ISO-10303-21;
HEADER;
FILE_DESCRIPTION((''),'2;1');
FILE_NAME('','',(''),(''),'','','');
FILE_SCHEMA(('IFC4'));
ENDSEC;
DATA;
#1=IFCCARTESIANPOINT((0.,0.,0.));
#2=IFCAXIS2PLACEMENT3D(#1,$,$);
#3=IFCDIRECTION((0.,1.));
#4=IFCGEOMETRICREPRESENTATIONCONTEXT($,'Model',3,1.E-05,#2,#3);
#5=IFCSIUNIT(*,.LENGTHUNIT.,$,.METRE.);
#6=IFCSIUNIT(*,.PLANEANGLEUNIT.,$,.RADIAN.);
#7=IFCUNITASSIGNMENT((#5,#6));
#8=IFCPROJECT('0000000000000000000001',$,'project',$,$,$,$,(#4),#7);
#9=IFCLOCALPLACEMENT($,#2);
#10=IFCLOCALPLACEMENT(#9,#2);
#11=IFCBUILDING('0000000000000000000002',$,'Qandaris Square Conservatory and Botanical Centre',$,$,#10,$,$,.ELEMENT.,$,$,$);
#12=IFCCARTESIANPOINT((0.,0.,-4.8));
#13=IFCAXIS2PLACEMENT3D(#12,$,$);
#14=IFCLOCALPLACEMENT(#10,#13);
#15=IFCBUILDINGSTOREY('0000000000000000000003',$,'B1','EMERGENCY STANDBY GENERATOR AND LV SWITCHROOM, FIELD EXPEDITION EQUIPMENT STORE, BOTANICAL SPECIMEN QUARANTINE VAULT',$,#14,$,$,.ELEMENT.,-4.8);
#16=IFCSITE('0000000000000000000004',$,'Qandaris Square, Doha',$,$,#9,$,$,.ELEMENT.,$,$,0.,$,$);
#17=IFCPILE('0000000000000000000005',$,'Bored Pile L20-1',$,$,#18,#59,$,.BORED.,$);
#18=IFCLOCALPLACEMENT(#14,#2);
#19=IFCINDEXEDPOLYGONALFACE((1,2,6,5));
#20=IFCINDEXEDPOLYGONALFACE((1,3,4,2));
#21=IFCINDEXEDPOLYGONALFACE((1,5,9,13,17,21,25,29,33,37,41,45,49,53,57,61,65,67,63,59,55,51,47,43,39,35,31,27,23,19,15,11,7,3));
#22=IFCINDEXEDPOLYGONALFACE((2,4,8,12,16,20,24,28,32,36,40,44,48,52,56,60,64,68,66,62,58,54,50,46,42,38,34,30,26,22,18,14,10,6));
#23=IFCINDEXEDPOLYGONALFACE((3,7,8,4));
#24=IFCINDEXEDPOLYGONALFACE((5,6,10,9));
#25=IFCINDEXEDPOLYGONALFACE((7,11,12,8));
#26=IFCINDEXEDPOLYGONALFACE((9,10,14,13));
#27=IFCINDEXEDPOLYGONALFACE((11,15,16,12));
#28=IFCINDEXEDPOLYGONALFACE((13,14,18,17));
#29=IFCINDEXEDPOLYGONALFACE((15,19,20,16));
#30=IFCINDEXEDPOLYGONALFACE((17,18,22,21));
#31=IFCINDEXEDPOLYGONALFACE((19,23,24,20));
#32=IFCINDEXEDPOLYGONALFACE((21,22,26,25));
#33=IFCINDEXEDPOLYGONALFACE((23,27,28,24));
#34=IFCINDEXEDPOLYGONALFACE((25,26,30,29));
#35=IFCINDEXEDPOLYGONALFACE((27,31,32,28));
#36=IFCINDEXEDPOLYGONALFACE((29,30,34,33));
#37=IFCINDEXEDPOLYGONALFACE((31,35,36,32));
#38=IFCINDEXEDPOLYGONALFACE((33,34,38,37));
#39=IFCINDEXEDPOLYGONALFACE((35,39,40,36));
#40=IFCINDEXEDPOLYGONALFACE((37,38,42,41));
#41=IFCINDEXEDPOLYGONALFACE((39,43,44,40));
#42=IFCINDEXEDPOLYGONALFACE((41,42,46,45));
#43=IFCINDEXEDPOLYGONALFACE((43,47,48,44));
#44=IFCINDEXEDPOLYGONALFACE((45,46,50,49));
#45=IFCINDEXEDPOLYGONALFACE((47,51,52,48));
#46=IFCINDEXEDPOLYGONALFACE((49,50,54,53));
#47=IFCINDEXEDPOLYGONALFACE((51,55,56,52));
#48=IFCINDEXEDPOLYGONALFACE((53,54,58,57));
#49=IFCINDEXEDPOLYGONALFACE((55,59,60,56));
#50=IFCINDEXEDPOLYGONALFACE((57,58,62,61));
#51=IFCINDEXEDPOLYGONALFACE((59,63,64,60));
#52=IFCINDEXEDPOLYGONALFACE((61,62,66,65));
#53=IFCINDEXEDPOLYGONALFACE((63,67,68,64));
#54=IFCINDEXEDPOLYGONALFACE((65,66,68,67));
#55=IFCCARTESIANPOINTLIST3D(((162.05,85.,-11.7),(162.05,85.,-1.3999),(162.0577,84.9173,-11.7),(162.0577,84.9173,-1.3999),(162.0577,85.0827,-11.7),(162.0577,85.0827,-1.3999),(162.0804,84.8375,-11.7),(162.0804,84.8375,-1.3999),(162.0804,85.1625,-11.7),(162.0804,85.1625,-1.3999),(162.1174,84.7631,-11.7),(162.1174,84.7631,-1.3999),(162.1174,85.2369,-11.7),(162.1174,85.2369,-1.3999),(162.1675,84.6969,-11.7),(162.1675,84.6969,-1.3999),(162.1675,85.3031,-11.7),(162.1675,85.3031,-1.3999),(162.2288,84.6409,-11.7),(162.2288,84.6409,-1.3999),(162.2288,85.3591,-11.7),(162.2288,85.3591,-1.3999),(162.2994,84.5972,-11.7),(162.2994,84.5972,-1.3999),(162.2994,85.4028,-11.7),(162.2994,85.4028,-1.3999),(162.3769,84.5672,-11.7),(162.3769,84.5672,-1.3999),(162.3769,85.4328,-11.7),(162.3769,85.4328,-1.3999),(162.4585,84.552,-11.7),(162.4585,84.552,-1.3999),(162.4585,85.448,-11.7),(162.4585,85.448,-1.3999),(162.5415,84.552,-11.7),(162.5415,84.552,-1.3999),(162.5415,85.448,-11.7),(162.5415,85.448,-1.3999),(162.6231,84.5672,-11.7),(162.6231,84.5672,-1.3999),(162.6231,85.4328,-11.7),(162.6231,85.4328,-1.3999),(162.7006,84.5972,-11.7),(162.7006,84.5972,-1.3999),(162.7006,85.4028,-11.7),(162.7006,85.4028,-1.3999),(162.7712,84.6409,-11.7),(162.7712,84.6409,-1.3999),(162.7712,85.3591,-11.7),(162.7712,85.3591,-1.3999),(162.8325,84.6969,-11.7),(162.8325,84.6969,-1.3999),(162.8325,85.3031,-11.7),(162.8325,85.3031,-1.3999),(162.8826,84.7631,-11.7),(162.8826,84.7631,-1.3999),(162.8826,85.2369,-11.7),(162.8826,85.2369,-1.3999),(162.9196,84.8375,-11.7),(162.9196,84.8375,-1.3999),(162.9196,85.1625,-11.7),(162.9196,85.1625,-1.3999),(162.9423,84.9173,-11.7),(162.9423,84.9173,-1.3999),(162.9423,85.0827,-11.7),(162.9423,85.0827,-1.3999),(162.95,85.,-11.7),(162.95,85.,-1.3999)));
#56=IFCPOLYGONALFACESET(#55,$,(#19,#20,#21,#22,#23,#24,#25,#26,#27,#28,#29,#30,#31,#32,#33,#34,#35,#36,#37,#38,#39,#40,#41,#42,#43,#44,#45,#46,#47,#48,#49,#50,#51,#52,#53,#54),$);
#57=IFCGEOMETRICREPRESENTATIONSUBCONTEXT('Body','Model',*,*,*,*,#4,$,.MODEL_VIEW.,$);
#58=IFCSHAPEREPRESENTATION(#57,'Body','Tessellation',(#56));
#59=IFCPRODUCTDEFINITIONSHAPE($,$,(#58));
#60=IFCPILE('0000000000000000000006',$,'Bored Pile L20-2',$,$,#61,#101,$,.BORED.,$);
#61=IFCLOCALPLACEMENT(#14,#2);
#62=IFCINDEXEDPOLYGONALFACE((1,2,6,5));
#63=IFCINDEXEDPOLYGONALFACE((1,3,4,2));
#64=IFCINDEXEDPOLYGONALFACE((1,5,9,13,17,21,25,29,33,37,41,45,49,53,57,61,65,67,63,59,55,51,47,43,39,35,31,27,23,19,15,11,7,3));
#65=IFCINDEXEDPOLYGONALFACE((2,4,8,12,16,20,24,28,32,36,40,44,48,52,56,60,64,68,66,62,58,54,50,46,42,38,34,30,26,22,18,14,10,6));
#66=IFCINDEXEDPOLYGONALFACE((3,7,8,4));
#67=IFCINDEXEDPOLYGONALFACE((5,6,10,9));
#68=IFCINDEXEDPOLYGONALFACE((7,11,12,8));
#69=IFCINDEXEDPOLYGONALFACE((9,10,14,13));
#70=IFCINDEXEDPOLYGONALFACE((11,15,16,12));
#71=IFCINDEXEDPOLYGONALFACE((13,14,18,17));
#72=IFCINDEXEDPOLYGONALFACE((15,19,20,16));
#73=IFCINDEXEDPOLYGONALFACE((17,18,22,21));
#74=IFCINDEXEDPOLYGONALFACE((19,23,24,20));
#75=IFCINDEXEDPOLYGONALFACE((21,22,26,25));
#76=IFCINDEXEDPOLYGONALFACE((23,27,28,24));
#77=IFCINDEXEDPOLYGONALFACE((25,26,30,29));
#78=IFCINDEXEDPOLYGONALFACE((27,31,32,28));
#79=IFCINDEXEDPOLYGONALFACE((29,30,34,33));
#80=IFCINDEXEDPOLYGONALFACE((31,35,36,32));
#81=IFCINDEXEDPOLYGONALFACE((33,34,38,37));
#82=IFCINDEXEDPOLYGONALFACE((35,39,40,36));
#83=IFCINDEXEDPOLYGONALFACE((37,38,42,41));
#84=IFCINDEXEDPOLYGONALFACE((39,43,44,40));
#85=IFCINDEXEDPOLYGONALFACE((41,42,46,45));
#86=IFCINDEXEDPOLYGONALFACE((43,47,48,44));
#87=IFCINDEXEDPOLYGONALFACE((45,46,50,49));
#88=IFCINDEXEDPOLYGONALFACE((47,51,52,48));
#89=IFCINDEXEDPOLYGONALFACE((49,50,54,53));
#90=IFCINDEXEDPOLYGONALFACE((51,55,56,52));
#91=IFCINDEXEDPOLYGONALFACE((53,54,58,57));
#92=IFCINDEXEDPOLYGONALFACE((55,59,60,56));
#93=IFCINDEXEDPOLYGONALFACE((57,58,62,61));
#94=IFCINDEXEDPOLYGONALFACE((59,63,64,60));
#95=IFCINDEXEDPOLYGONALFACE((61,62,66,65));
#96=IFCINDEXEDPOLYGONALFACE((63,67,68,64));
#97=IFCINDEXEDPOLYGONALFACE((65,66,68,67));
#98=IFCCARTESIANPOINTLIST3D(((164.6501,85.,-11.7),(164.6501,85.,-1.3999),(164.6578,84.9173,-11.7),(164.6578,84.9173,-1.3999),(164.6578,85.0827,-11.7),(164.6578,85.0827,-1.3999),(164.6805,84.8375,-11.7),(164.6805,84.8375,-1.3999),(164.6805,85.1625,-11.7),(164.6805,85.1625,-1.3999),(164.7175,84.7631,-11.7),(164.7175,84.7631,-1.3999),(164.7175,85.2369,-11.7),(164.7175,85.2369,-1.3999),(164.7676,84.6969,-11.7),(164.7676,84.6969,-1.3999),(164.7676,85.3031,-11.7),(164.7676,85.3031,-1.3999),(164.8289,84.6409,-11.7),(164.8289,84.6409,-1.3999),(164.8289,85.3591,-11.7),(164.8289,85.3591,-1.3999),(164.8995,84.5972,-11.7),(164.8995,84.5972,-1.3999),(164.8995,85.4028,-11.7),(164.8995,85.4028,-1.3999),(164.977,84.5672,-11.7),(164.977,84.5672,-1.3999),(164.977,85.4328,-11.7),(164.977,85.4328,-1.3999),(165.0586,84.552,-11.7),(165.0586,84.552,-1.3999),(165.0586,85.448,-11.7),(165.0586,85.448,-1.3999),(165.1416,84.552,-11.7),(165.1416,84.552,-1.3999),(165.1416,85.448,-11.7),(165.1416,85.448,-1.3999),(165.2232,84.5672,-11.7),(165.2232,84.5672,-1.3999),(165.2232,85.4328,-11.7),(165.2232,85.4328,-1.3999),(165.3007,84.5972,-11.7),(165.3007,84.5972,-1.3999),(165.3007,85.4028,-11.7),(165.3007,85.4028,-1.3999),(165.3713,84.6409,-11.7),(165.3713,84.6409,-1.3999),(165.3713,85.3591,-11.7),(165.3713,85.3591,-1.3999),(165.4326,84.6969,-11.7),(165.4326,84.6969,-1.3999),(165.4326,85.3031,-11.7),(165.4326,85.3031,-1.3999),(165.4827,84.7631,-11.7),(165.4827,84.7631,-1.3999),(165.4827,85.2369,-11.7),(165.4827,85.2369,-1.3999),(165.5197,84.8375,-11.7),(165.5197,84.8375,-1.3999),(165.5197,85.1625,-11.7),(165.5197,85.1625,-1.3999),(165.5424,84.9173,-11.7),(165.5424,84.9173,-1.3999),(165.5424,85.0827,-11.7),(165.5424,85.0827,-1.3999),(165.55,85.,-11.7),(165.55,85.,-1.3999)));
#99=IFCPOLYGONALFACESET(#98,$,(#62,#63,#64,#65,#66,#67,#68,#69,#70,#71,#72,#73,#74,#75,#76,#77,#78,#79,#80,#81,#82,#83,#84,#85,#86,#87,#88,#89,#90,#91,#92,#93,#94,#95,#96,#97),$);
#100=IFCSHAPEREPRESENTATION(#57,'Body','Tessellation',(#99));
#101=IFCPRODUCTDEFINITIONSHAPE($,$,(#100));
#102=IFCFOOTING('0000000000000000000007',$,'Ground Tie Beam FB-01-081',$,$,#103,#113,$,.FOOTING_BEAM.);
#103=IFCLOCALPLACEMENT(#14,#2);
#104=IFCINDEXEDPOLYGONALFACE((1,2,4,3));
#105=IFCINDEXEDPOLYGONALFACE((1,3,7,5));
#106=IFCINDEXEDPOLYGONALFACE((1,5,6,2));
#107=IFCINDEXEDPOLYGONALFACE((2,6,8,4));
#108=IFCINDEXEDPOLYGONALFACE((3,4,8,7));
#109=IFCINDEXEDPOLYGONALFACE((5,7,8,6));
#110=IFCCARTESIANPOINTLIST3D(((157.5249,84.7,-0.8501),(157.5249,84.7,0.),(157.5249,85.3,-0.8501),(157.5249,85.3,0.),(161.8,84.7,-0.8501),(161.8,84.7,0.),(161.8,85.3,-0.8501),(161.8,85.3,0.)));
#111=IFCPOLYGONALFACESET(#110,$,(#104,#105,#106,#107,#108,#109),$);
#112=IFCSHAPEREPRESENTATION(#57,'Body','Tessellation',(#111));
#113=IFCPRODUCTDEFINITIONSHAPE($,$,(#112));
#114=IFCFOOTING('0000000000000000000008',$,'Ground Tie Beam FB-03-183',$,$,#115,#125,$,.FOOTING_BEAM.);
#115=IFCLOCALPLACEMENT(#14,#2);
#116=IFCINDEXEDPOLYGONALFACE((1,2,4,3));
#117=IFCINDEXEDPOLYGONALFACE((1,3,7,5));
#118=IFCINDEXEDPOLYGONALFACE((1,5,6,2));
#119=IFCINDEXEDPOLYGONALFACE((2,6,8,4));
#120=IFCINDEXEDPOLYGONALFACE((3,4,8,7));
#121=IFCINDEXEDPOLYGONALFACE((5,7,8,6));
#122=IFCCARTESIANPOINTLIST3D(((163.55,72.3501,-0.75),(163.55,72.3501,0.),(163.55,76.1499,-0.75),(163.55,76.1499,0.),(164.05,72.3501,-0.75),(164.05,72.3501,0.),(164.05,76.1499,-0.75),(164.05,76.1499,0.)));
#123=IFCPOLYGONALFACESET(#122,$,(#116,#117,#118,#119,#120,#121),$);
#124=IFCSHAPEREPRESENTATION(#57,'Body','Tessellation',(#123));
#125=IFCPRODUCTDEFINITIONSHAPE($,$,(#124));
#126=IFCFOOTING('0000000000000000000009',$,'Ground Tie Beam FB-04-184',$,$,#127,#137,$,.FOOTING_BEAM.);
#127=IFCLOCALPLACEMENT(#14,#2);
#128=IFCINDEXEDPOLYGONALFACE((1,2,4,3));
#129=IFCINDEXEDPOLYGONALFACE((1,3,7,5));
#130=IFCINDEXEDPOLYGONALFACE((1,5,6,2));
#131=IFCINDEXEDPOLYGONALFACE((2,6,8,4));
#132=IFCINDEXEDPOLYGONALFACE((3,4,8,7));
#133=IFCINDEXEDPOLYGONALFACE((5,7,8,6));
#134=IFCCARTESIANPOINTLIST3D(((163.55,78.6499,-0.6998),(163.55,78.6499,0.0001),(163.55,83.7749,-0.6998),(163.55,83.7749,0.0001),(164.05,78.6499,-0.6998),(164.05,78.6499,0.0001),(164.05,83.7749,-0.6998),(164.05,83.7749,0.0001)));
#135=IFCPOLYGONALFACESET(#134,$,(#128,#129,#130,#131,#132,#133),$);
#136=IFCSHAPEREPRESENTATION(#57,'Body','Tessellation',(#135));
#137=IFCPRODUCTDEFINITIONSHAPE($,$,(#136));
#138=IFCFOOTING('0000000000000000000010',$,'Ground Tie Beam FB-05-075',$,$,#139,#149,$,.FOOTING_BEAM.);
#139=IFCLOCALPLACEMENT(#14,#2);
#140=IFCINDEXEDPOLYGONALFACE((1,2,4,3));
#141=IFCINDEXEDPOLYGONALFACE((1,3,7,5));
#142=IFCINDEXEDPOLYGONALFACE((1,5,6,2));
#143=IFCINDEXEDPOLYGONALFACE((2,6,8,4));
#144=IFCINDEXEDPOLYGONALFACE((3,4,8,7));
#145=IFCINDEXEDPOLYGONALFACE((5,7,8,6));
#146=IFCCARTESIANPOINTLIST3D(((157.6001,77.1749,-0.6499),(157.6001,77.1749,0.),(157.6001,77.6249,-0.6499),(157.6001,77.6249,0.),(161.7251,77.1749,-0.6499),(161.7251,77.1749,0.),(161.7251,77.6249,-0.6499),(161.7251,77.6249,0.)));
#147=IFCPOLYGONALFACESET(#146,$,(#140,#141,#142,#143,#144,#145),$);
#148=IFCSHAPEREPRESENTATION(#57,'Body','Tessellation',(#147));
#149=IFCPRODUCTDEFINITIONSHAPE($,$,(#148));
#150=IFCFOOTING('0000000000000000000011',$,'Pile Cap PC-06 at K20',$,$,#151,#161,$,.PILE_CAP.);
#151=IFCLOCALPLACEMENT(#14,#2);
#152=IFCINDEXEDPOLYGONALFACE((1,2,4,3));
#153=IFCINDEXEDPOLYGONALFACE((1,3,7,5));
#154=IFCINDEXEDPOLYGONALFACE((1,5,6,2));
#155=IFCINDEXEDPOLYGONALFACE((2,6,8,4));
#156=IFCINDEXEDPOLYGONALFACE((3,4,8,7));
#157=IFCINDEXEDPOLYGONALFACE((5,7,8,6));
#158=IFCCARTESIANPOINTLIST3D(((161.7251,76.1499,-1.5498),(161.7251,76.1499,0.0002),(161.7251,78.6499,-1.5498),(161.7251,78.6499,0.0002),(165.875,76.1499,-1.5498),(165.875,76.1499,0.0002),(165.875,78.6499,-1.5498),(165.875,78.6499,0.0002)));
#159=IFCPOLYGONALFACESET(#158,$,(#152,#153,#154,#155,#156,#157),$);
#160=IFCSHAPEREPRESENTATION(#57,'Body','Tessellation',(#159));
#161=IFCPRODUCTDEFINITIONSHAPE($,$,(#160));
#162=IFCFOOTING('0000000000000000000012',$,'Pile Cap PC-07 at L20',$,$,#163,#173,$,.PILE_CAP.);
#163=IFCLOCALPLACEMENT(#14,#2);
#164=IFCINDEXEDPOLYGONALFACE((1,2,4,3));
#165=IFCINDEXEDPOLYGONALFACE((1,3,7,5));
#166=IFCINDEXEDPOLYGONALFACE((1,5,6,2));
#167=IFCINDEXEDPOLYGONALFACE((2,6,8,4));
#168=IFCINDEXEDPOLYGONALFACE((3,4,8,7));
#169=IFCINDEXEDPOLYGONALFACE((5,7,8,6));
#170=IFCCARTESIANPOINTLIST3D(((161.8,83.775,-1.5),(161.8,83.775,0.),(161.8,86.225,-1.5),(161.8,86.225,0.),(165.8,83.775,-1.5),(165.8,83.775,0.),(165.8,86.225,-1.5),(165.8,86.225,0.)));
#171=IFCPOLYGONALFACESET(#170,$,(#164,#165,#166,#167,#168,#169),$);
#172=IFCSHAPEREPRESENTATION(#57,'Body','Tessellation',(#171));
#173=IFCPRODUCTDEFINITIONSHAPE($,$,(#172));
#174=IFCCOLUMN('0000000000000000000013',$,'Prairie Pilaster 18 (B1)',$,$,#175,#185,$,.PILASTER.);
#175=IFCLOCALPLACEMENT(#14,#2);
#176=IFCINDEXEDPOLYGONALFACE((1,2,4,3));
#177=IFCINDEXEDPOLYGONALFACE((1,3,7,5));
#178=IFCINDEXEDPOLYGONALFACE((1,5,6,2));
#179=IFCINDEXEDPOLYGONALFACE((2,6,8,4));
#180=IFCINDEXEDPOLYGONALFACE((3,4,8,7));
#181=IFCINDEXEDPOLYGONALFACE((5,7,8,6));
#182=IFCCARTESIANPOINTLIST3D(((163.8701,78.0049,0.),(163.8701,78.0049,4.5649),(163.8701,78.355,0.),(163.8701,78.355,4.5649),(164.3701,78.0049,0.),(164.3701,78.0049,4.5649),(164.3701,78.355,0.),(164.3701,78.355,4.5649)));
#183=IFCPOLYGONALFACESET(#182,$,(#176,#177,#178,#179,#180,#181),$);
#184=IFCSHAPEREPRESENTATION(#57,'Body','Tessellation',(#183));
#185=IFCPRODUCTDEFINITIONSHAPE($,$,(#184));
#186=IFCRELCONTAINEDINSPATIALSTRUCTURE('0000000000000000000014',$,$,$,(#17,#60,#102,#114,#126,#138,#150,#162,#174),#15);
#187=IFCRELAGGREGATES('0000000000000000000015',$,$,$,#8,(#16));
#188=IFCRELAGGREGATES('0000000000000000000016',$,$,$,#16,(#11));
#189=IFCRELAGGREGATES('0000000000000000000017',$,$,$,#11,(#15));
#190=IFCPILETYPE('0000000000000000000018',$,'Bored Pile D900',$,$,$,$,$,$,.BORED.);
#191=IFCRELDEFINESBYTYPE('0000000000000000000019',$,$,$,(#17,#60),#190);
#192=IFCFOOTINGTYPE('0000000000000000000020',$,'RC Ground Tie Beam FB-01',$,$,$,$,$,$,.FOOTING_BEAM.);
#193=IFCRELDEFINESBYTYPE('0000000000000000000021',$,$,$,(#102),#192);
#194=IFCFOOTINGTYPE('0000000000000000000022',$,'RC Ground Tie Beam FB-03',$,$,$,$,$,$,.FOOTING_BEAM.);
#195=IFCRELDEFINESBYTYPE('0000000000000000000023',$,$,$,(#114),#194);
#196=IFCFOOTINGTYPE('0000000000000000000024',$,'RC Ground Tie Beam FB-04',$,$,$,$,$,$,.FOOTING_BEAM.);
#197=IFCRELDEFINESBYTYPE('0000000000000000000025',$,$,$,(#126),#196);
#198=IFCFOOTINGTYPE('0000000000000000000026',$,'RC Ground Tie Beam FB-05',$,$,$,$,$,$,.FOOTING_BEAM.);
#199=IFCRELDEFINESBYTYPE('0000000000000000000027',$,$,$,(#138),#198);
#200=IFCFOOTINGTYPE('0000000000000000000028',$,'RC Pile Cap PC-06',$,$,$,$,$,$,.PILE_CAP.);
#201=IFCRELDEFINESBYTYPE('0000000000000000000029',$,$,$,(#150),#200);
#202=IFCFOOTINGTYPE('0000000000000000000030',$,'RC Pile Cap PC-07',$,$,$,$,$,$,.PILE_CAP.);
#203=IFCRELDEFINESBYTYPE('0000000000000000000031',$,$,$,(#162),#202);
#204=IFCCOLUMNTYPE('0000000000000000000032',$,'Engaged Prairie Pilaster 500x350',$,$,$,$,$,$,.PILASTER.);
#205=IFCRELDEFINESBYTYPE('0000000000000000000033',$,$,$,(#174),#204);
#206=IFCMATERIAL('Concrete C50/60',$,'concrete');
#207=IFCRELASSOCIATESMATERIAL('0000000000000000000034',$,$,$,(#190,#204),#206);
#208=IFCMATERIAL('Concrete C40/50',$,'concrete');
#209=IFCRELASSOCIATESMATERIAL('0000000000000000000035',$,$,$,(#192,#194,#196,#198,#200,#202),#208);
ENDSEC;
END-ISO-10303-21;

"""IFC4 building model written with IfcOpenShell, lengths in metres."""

from ifc_helpers import new_model, si_unit, direction, frame, origin, origin_2d, place, context, subcontext, project, spatial, rectangle, circle, extrude, material, material_profile, profile_set, type_object, element, save


model = new_model("IFC4")

# Units and contexts
model_context = context("Model", 3, precision=1e-05, world=origin(), true_north=direction((0.0, 1.0)))
body_context = subcontext(model_context, "Body", "Model", "MODEL_VIEW")
ifc_project = project(units=[si_unit("LENGTHUNIT", "METRE"), si_unit("PLANEANGLEUNIT", "RADIAN")], contexts=[model_context])

# Site, building, storey
site_placement = place(None, origin())
site = spatial("IfcSite", under=ifc_project, at=site_placement, Name="Qandaris Square, Doha", CompositionType="ELEMENT", RefElevation=0.0)
building_placement = place(site_placement, origin())
building = spatial("IfcBuilding", under=site, at=building_placement, Name="Qandaris Square Conservatory and Botanical Centre", CompositionType="ELEMENT")
storey_placement = place(building_placement, frame((0.0, 0.0, -4.8)))
storey = spatial("IfcBuildingStorey", under=building, at=storey_placement, Name="B1", Description="EMERGENCY STANDBY GENERATOR AND LV SWITCHROOM, FIELD EXPEDITION EQUIPMENT STORE, BOTANICAL SPECIMEN QUARANTINE VAULT", CompositionType="ELEMENT", Elevation=-4.8)

# Piles
ifc_material_1 = material(Name="Concrete C50/60", Category="concrete")
ifc_material_profile_1 = material_profile(ifc_material_1, circle(Radius=0.45, at=origin_2d()), Name="PILE D900")
ifc_profile_set_1 = profile_set([ifc_material_profile_1], Name="Concrete C50/60")
pile_type = type_object("IfcPileType", Name="Bored Pile D900", PredefinedType="BORED", material=ifc_profile_set_1)
for number, where, z_axis, x_axis, name in (
    (1, (162.5, 85.0, -1.3999), (0.0, 0.0, -1.0), (1.0, 0.0, 0.0), "Bored Pile L20-1"),
    (2, (165.1001, 85.0, -1.3999), (0.0, 0.0, -1.0), (1.0, 0.0, 0.0), "Bored Pile L20-2"),
):
    element("IfcPile", number, at=place(storey_placement, frame(where, z_axis=z_axis, x_axis=x_axis)), inside=storey, type_object=pile_type, Name=name, PredefinedType="BORED", context=body_context, shape_type="SweptSolid", body=[
        extrude(circle(Radius=0.45, at=origin_2d()), origin(), (0.0, 0.0, 1.0), 10.3),
    ])

# Footings
ifc_material_2 = material(Name="Concrete C40/50", Category="concrete")
ifc_material_profile_2 = material_profile(ifc_material_2, rectangle(XDim=0.6001, YDim=0.8501, at=origin_2d()), Name="FB 600x850")
ifc_profile_set_2 = profile_set([ifc_material_profile_2], Name="Concrete C40/50")
footing_type_1 = type_object("IfcFootingType", Name="RC Ground Tie Beam FB-01", PredefinedType="FOOTING_BEAM", material=ifc_profile_set_2)
footing_1_placement = place(storey_placement, frame((157.5249, 85.0, -0.425), z_axis=(1.0, 0.0, 0.0), x_axis=(0.0, 1.0, 0.0)))
element("IfcFooting", 3, at=footing_1_placement, inside=storey, type_object=footing_type_1, Name="Ground Tie Beam FB-01-081", PredefinedType="FOOTING_BEAM", context=body_context, shape_type="SweptSolid", body=[
    extrude(rectangle(XDim=0.6001, YDim=0.8501, at=origin_2d()), origin(), (0.0, 0.0, 1.0), 4.2751),
])
ifc_material_profile_3 = material_profile(ifc_material_2, rectangle(XDim=0.5, YDim=0.75, at=origin_2d()), Name="FB 500x750")
ifc_profile_set_3 = profile_set([ifc_material_profile_3], Name="Concrete C40/50")
footing_type_2 = type_object("IfcFootingType", Name="RC Ground Tie Beam FB-03", PredefinedType="FOOTING_BEAM", material=ifc_profile_set_3)
footing_2_placement = place(storey_placement, frame((163.8, 72.3501, -0.375), z_axis=(0.0, 1.0, 0.0), x_axis=(-1.0, 0.0, 0.0)))
element("IfcFooting", 4, at=footing_2_placement, inside=storey, type_object=footing_type_2, Name="Ground Tie Beam FB-03-183", PredefinedType="FOOTING_BEAM", context=body_context, shape_type="SweptSolid", body=[
    extrude(rectangle(XDim=0.5, YDim=0.75, at=origin_2d()), origin(), (0.0, 0.0, 1.0), 3.7998),
])
ifc_material_profile_4 = material_profile(ifc_material_2, rectangle(XDim=0.5, YDim=0.7, at=origin_2d()), Name="FB 500x700")
ifc_profile_set_4 = profile_set([ifc_material_profile_4], Name="Concrete C40/50")
footing_type_3 = type_object("IfcFootingType", Name="RC Ground Tie Beam FB-04", PredefinedType="FOOTING_BEAM", material=ifc_profile_set_4)
footing_3_placement = place(storey_placement, frame((163.8, 78.6499, -0.3499), z_axis=(0.0, 1.0, 0.0), x_axis=(-1.0, 0.0, 0.0)))
element("IfcFooting", 5, at=footing_3_placement, inside=storey, type_object=footing_type_3, Name="Ground Tie Beam FB-04-184", PredefinedType="FOOTING_BEAM", context=body_context, shape_type="SweptSolid", body=[
    extrude(rectangle(XDim=0.5, YDim=0.7, at=origin_2d()), origin(), (0.0, 0.0, 1.0), 5.125),
])
ifc_material_profile_5 = material_profile(ifc_material_2, rectangle(XDim=0.45, YDim=0.6499, at=origin_2d()), Name="FB 450x650")
ifc_profile_set_5 = profile_set([ifc_material_profile_5], Name="Concrete C40/50")
footing_type_4 = type_object("IfcFootingType", Name="RC Ground Tie Beam FB-05", PredefinedType="FOOTING_BEAM", material=ifc_profile_set_5)
footing_4_placement = place(storey_placement, frame((157.6001, 77.3999, -0.325), z_axis=(1.0, 0.0, 0.0), x_axis=(0.0, 1.0, 0.0)))
element("IfcFooting", 6, at=footing_4_placement, inside=storey, type_object=footing_type_4, Name="Ground Tie Beam FB-05-075", PredefinedType="FOOTING_BEAM", context=body_context, shape_type="SweptSolid", body=[
    extrude(rectangle(XDim=0.45, YDim=0.6499, at=origin_2d()), origin(), (0.0, 0.0, 1.0), 4.125),
])
footing_type_5 = type_object("IfcFootingType", Name="RC Pile Cap PC-06", PredefinedType="PILE_CAP", material=ifc_material_2)
footing_5_placement = place(storey_placement, frame((163.8, 77.3999, -1.5498), z_axis=(0.0, 0.0, 1.0), x_axis=(1.0, 0.0, 0.0)))
element("IfcFooting", 7, at=footing_5_placement, inside=storey, type_object=footing_type_5, Name="Pile Cap PC-06 at K20", PredefinedType="PILE_CAP", context=body_context, shape_type="SweptSolid", body=[
    extrude(rectangle(XDim=4.1499, YDim=2.5, at=origin_2d()), origin(), (0.0, 0.0, 1.0), 1.55),
])
footing_type_6 = type_object("IfcFootingType", Name="RC Pile Cap PC-07", PredefinedType="PILE_CAP", material=ifc_material_2)
footing_6_placement = place(storey_placement, frame((163.8, 85.0, -1.5), z_axis=(0.0, 0.0, 1.0), x_axis=(1.0, 0.0, 0.0)))
element("IfcFooting", 8, at=footing_6_placement, inside=storey, type_object=footing_type_6, Name="Pile Cap PC-07 at L20", PredefinedType="PILE_CAP", context=body_context, shape_type="SweptSolid", body=[
    extrude(rectangle(XDim=4.0, YDim=2.45, at=origin_2d()), origin(), (0.0, 0.0, 1.0), 1.5),
])

# Column
ifc_material_profile_6 = material_profile(ifc_material_1, rectangle(XDim=0.5, YDim=0.3501, at=origin_2d()), Name="RC-PIL 500x350")
ifc_profile_set_6 = profile_set([ifc_material_profile_6], Name="Concrete C50/60")
column_type_1 = type_object("IfcColumnType", Name="Engaged Prairie Pilaster 500x350", PredefinedType="PILASTER", material=ifc_profile_set_6)
column_placement = place(storey_placement, frame((164.1201, 78.1799, 0.0), z_axis=(0.0, 0.0, 1.0), x_axis=(1.0, 0.0, 0.0)))
element("IfcColumn", 9, at=column_placement, inside=storey, type_object=column_type_1, Name="Prairie Pilaster 18 (B1)", PredefinedType="PILASTER", context=body_context, shape_type="SweptSolid", body=[
    extrude(rectangle(XDim=0.5, YDim=0.3501, at=origin_2d()), origin(), (0.0, 0.0, 1.0), 4.5649),
])

save(model, "model.ifc")
